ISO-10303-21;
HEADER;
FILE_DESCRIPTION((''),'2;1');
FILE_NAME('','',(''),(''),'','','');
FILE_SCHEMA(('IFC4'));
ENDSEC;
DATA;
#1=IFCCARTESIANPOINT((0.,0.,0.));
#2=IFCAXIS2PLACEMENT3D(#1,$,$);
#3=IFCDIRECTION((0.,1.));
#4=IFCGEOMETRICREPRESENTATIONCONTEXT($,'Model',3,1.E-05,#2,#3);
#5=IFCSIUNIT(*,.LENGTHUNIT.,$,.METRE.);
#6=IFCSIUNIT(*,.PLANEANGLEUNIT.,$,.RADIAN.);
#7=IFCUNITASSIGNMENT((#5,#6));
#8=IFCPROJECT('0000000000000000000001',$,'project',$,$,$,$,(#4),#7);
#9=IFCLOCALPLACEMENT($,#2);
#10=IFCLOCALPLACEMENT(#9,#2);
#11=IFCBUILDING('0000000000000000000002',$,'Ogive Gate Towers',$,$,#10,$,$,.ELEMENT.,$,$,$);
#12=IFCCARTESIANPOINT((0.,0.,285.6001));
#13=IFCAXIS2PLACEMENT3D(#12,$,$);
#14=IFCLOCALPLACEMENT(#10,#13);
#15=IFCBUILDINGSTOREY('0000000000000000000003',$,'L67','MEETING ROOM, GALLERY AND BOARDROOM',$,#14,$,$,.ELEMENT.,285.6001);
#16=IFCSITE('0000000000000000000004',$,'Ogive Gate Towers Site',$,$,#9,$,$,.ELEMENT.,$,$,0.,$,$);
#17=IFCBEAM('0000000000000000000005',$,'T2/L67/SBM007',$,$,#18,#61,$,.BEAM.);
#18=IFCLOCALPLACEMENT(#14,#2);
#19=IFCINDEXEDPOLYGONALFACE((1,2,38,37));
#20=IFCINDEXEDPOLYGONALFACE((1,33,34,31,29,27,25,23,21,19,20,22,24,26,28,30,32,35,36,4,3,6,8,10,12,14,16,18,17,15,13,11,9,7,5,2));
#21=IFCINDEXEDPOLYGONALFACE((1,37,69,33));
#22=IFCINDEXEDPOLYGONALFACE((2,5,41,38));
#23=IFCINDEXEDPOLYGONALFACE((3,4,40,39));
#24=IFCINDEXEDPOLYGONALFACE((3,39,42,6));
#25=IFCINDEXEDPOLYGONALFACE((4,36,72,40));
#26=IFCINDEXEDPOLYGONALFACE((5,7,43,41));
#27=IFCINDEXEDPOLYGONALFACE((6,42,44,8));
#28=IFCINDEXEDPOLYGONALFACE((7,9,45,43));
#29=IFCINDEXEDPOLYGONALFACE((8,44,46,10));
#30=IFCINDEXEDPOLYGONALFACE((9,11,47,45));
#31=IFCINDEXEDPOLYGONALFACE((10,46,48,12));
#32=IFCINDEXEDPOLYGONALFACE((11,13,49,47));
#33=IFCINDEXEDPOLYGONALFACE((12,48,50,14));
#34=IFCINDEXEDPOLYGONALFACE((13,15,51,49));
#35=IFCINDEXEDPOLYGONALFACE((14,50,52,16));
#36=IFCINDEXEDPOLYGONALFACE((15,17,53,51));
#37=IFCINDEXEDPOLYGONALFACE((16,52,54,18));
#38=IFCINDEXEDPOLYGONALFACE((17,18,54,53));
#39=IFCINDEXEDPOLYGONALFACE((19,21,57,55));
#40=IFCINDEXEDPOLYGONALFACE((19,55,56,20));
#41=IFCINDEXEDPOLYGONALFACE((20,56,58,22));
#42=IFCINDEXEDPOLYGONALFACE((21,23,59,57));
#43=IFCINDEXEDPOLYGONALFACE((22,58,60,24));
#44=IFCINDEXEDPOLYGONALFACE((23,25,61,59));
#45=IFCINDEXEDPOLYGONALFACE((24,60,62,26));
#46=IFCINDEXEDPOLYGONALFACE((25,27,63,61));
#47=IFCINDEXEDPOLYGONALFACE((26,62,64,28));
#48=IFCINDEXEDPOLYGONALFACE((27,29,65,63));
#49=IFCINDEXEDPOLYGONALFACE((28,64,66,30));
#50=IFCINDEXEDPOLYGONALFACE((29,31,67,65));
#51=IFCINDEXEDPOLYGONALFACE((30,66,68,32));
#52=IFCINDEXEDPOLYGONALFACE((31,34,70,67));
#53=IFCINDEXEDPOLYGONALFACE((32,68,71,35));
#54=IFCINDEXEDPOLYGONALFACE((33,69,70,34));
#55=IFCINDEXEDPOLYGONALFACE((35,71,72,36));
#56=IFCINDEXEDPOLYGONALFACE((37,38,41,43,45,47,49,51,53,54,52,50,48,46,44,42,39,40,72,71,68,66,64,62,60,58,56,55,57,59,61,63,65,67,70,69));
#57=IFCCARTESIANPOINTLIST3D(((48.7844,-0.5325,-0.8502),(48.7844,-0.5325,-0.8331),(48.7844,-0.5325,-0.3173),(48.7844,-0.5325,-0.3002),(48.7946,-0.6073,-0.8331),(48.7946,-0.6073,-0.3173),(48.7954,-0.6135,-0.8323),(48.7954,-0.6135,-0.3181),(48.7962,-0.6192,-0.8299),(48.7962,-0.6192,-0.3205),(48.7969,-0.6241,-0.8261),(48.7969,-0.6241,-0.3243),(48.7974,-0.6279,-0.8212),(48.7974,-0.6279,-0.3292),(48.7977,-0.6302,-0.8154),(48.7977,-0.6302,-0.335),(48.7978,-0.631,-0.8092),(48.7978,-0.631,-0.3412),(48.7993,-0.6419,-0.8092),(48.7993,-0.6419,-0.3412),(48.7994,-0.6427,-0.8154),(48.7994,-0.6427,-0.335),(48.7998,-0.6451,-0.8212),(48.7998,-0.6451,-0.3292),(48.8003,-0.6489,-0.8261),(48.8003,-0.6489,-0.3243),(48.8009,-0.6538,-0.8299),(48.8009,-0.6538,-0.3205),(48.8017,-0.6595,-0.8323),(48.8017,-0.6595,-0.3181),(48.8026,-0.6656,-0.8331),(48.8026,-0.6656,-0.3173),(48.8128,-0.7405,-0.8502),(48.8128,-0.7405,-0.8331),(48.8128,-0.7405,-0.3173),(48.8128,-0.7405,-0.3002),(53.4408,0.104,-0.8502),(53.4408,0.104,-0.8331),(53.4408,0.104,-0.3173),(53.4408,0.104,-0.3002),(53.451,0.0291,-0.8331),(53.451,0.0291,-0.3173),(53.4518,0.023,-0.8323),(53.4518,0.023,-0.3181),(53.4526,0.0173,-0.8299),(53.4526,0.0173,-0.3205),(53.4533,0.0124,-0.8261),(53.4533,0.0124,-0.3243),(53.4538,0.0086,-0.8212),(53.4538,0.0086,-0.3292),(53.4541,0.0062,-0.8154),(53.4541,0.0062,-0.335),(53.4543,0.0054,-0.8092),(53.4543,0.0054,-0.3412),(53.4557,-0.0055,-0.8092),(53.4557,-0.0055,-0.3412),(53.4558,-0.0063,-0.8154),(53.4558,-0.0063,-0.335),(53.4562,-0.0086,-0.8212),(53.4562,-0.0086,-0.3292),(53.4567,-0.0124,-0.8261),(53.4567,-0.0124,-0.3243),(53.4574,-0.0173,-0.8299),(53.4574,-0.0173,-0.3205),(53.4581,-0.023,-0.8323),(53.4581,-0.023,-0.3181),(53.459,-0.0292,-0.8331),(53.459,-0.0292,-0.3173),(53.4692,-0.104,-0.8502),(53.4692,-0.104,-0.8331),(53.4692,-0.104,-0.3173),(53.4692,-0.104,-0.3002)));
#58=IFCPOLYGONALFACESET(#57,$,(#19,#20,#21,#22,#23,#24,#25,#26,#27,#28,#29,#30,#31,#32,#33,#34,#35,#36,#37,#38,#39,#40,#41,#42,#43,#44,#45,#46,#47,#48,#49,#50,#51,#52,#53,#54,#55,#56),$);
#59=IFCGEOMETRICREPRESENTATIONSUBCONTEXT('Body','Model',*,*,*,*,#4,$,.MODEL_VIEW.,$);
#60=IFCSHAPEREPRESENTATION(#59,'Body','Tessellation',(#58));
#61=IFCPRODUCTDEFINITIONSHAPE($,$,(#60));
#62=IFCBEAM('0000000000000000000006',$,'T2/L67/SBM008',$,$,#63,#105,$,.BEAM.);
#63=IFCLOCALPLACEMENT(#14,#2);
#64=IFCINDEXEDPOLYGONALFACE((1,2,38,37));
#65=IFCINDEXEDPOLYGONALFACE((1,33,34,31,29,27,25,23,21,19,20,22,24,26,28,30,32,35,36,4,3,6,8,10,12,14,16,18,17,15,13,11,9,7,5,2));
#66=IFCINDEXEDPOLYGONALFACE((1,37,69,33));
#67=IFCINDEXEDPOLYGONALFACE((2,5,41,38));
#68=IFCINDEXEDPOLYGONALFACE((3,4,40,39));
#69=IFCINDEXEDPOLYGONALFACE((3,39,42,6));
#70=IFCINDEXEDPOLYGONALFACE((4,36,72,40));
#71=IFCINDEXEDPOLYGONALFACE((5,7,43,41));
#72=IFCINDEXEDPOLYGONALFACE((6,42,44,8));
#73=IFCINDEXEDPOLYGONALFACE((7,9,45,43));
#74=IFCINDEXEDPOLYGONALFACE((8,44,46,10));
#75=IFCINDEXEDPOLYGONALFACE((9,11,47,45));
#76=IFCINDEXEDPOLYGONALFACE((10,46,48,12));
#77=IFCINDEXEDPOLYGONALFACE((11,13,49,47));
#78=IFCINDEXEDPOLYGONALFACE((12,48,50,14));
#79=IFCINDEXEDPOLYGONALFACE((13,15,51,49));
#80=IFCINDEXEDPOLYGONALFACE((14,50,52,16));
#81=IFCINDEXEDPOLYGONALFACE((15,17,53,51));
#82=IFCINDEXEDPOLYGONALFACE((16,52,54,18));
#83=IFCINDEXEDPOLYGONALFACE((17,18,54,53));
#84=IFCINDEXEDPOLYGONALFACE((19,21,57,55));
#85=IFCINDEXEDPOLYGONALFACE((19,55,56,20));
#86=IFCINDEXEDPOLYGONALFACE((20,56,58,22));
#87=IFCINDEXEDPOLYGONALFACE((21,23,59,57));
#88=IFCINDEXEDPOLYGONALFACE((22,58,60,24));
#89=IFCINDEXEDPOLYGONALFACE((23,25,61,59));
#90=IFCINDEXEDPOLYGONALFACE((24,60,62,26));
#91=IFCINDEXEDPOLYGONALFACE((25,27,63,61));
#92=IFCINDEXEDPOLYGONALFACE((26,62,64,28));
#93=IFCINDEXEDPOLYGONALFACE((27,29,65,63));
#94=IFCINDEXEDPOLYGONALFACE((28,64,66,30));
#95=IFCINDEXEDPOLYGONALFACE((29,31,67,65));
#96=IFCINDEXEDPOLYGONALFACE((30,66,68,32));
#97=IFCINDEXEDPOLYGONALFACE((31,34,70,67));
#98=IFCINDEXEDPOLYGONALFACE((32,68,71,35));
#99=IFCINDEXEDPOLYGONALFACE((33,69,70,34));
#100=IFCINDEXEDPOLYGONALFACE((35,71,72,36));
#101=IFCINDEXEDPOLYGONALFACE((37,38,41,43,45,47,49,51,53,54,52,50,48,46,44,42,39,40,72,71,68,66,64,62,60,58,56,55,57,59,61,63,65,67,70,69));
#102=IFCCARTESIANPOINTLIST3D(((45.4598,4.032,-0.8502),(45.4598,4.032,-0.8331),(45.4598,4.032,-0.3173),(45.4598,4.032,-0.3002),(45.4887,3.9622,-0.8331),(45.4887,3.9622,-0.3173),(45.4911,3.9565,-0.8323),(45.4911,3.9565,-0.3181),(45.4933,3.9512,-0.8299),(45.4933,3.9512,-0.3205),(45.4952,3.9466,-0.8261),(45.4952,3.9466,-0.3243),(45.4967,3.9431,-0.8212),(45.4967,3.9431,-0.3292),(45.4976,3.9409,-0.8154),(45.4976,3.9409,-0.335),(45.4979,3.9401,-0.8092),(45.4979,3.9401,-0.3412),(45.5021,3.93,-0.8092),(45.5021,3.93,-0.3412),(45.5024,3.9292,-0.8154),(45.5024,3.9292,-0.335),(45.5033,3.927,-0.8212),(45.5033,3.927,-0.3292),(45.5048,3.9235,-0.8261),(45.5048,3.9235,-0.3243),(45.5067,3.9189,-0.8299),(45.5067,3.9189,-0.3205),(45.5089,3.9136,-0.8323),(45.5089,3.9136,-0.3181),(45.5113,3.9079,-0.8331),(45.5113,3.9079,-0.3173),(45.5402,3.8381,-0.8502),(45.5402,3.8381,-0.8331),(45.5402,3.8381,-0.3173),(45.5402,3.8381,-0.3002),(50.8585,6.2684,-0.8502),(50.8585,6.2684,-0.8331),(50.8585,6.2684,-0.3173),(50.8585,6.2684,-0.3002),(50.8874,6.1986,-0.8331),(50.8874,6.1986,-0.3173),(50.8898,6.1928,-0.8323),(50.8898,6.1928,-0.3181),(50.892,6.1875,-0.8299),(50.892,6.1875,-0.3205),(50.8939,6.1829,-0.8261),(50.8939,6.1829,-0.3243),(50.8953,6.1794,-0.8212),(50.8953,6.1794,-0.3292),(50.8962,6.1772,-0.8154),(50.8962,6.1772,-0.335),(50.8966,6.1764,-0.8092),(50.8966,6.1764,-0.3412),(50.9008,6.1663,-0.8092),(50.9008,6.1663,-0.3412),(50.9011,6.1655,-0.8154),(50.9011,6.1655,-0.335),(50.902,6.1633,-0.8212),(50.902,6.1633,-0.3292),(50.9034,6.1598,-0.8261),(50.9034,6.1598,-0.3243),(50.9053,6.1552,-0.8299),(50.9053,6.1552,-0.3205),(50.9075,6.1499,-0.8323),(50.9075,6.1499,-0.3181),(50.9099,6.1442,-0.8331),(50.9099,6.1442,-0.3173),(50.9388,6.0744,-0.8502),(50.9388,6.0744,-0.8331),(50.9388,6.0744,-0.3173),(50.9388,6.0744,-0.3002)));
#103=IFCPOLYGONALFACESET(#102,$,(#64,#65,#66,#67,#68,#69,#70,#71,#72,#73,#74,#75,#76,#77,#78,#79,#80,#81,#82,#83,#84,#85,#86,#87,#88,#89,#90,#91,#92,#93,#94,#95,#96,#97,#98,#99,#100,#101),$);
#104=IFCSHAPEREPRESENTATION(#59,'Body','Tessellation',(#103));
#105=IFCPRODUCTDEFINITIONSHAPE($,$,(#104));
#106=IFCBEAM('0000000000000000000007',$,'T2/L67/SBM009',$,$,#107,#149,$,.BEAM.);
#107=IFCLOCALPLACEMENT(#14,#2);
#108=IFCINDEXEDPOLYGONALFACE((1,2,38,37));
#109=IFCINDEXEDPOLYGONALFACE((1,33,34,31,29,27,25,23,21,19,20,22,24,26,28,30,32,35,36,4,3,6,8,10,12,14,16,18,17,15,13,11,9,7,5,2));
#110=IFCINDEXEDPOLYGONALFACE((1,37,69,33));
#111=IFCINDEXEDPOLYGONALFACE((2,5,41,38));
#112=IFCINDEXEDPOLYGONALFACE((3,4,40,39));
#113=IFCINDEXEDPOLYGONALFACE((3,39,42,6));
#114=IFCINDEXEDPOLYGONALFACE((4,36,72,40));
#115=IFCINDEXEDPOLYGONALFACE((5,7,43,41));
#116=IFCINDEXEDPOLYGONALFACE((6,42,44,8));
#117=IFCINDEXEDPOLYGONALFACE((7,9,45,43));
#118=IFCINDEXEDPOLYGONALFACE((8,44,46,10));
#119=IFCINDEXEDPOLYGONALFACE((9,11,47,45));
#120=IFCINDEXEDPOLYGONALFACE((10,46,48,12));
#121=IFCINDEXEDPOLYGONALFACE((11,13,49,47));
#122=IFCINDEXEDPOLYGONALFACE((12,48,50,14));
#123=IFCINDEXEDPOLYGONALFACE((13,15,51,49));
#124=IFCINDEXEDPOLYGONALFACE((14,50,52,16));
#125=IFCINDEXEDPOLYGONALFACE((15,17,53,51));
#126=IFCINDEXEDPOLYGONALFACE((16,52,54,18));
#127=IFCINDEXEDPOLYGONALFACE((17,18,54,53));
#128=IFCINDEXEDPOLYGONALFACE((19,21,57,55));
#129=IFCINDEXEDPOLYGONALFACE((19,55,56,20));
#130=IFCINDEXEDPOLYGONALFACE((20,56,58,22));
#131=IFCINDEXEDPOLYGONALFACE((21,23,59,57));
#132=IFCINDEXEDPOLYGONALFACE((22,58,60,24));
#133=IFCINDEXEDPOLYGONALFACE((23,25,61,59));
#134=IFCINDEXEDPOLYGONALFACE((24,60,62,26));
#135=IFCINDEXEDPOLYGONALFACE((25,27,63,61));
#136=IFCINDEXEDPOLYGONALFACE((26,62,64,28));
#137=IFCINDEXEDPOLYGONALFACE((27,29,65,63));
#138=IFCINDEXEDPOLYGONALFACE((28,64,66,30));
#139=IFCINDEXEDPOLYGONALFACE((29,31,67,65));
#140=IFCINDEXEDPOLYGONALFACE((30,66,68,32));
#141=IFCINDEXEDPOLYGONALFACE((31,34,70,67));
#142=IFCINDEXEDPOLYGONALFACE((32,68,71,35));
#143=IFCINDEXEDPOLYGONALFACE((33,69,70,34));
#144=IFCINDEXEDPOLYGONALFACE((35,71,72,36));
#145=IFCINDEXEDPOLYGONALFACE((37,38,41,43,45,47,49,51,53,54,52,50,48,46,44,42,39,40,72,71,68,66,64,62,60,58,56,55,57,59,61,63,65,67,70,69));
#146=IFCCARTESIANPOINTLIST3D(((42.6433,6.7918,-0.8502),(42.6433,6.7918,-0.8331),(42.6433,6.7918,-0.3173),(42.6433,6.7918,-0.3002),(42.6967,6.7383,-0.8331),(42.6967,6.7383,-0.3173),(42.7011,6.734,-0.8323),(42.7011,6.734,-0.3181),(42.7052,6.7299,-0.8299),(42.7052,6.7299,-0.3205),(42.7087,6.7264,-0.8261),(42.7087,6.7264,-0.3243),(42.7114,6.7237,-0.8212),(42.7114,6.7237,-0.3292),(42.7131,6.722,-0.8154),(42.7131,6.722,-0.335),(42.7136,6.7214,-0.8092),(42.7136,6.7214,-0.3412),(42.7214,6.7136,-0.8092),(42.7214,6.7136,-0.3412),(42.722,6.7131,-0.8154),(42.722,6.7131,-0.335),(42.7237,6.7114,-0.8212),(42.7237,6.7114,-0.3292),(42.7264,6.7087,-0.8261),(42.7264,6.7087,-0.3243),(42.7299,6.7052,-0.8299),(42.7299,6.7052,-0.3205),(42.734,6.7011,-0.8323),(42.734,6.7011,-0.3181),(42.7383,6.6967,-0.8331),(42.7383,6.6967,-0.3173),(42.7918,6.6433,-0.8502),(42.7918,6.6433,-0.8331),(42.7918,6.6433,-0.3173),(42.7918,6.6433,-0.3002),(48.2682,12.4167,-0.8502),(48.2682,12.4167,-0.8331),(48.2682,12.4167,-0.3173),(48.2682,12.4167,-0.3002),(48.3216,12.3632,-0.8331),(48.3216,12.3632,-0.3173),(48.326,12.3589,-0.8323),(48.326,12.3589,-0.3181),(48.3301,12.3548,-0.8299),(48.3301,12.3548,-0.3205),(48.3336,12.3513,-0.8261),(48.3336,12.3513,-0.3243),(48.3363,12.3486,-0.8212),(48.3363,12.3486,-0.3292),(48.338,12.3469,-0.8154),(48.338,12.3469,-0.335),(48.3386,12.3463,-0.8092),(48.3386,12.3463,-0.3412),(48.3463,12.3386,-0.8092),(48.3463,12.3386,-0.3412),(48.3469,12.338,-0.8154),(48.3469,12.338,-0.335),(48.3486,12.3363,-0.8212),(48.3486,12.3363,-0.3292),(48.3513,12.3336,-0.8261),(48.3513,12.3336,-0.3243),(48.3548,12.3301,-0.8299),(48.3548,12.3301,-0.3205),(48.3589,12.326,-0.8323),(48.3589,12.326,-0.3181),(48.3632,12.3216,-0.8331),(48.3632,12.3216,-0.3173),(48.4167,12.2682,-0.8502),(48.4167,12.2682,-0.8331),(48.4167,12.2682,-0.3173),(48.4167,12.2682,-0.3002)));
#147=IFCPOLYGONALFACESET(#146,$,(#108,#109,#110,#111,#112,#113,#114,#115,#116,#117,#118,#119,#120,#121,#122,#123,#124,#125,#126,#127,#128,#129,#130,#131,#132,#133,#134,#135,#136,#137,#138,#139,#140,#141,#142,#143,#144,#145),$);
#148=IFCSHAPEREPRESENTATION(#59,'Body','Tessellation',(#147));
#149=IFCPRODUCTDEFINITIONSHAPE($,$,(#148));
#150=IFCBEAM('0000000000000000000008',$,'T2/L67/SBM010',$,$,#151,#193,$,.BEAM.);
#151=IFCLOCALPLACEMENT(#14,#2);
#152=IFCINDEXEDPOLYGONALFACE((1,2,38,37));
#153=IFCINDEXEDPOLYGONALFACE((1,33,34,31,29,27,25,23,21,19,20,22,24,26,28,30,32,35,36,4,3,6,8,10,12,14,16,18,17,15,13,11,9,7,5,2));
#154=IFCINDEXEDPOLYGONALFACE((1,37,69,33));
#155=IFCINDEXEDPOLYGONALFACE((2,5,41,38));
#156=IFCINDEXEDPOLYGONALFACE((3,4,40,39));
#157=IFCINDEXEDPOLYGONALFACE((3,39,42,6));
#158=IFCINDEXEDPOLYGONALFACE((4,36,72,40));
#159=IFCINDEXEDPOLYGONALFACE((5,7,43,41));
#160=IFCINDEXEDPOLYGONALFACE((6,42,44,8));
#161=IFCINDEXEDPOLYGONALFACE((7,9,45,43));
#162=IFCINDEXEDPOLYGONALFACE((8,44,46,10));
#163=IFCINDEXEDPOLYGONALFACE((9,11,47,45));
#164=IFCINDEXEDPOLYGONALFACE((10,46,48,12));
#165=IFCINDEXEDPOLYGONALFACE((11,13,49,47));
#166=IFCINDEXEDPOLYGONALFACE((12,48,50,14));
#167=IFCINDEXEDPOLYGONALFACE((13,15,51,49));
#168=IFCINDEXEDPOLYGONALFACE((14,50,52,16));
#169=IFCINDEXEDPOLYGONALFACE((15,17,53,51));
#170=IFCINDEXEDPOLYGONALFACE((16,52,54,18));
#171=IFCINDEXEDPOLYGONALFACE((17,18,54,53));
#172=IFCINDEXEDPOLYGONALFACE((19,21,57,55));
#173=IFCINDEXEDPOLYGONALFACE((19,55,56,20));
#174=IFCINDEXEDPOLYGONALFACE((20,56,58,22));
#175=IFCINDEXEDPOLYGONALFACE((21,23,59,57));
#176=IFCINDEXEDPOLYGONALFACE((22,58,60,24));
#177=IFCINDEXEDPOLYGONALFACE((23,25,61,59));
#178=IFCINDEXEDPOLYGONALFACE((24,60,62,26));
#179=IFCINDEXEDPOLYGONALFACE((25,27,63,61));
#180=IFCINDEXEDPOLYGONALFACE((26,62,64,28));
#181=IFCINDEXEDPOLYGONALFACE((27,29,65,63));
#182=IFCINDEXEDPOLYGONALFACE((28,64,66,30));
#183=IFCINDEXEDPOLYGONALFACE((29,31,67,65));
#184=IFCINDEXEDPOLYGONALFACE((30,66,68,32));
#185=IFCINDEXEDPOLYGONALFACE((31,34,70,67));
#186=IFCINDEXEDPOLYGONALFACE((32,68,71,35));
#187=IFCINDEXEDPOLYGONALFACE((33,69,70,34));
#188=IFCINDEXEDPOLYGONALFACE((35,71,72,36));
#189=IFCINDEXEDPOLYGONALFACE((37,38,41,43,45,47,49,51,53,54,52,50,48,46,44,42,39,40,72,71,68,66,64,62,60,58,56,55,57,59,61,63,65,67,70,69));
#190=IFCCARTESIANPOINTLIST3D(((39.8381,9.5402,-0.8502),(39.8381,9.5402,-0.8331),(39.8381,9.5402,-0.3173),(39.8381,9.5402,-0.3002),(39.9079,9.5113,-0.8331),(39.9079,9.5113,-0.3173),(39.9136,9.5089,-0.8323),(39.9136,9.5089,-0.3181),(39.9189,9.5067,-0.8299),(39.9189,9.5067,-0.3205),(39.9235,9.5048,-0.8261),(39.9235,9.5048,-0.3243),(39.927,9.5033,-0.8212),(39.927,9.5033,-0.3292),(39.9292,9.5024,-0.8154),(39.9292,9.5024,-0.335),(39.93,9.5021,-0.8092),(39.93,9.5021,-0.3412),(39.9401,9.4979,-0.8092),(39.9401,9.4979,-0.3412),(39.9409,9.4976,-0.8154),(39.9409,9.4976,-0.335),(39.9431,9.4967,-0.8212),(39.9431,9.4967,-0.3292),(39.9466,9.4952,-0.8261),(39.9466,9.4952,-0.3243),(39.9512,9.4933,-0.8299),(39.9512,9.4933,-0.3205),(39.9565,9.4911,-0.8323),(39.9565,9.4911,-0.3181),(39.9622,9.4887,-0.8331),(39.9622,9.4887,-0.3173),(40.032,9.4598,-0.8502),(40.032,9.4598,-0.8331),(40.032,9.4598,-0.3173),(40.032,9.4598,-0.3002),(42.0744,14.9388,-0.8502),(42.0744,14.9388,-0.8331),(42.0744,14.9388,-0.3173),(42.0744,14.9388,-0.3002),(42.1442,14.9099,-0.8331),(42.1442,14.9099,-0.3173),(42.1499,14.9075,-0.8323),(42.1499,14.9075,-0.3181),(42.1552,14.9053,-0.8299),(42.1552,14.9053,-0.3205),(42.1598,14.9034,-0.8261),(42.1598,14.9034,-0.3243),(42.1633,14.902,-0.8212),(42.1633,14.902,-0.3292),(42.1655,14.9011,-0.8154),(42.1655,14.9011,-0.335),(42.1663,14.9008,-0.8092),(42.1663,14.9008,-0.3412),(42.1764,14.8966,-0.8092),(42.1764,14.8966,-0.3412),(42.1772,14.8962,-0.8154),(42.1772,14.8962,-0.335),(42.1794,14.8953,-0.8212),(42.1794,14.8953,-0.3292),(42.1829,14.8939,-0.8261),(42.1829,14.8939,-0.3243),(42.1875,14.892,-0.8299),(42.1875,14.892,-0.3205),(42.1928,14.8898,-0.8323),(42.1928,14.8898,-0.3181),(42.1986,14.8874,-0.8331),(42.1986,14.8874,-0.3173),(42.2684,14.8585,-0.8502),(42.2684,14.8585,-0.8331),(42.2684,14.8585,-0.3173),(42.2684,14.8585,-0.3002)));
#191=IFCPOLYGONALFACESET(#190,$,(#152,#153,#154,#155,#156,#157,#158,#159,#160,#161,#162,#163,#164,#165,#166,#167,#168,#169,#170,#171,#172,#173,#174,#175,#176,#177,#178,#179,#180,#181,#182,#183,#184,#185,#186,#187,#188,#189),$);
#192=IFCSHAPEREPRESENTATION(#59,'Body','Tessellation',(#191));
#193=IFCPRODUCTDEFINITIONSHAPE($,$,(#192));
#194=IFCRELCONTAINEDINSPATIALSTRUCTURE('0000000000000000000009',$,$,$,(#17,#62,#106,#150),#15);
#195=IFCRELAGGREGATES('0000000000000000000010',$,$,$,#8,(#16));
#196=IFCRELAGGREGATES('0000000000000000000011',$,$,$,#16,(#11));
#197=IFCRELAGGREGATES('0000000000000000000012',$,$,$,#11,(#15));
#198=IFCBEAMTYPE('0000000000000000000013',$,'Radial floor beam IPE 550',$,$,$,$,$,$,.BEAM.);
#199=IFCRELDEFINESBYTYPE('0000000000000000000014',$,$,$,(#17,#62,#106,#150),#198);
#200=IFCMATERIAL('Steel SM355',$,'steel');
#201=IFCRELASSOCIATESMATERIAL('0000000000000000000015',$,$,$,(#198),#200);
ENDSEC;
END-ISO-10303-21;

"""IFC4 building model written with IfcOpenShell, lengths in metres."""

from ifc_helpers import new_model, si_unit, direction, frame, origin, origin_2d, place, context, subcontext, project, spatial, i_section, extrude, material, material_profile, profile_set, type_object, element, save


model = new_model("IFC4")

# Units and contexts
model_context = context("Model", 3, precision=1e-05, world=origin(), true_north=direction((0.0, 1.0)))
body_context = subcontext(model_context, "Body", "Model", "MODEL_VIEW")
ifc_project = project(units=[si_unit("LENGTHUNIT", "METRE"), si_unit("PLANEANGLEUNIT", "RADIAN")], contexts=[model_context])

# Site, building, storey
site_placement = place(None, origin())
site = spatial("IfcSite", under=ifc_project, at=site_placement, Name="Ogive Gate Towers Site", CompositionType="ELEMENT", RefElevation=0.0)
building_placement = place(site_placement, origin())
building = spatial("IfcBuilding", under=site, at=building_placement, Name="Ogive Gate Towers", CompositionType="ELEMENT")
storey_placement = place(building_placement, frame((0.0, 0.0, 285.6001)))
storey = spatial("IfcBuildingStorey", under=building, at=storey_placement, Name="L67", Description="MEETING ROOM, GALLERY AND BOARDROOM", CompositionType="ELEMENT", Elevation=285.6001)

# Beams
ifc_material_1 = material(Name="Steel SM355", Category="steel")
ifc_material_profile_1 = material_profile(ifc_material_1, i_section(OverallWidth=0.21, OverallDepth=0.55, WebThickness=0.011, FlangeThickness=0.0171, FilletRadius=0.0239, at=origin_2d()), Name="IPE 550")
ifc_profile_set_1 = profile_set([ifc_material_profile_1], Name="Steel SM355")
beam_type = type_object("IfcBeamType", Name="Radial floor beam IPE 550", PredefinedType="BEAM", material=ifc_profile_set_1)
beam_1_placement = place(storey_placement, frame((48.7986, -0.6365, -0.5752), z_axis=(0.990787, 0.135426, 0.0), x_axis=(-0.135426, 0.990787, 0.0)))
element("IfcBeam", 1, at=beam_1_placement, inside=storey, type_object=beam_type, Name="T2/L67/SBM007", PredefinedType="BEAM", context=body_context, shape_type="SweptSolid", body=[
    extrude(i_section(OverallWidth=0.21, OverallDepth=0.55, WebThickness=0.011, FlangeThickness=0.0171, FilletRadius=0.0239, at=origin_2d()), origin(), (0.0, 0.0, 1.0), 4.6997),
])
beam_2_placement = place(storey_placement, frame((45.5, 3.9351, -0.5752), z_axis=(0.923872, 0.382701, 0.0), x_axis=(-0.382701, 0.923872, 0.0)))
element("IfcBeam", 2, at=beam_2_placement, inside=storey, type_object=beam_type, Name="T2/L67/SBM008", PredefinedType="BEAM", context=body_context, shape_type="SweptSolid", body=[
    extrude(i_section(OverallWidth=0.21, OverallDepth=0.55, WebThickness=0.011, FlangeThickness=0.0171, FilletRadius=0.0239, at=origin_2d()), origin(), (0.0, 0.0, 1.0), 5.8435),
])
beam_3_placement = place(storey_placement, frame((42.7175, 6.7175, -0.5752), z_axis=(0.707107, 0.707107, 0.0), x_axis=(-0.707107, 0.707107, 0.0)))
element("IfcBeam", 3, at=beam_3_placement, inside=storey, type_object=beam_type, Name="T2/L67/SBM009", PredefinedType="BEAM", context=body_context, shape_type="SweptSolid", body=[
    extrude(i_section(OverallWidth=0.21, OverallDepth=0.55, WebThickness=0.011, FlangeThickness=0.0171, FilletRadius=0.0239, at=origin_2d()), origin(), (0.0, 0.0, 1.0), 7.9548),
])
beam_4_placement = place(storey_placement, frame((39.9351, 9.5, -0.5752), z_axis=(0.382701, 0.923872, 0.0), x_axis=(-0.923872, 0.382701, 0.0)))
element("IfcBeam", 4, at=beam_4_placement, inside=storey, type_object=beam_type, Name="T2/L67/SBM010", PredefinedType="BEAM", context=body_context, shape_type="SweptSolid", body=[
    extrude(i_section(OverallWidth=0.21, OverallDepth=0.55, WebThickness=0.011, FlangeThickness=0.0171, FilletRadius=0.0239, at=origin_2d()), origin(), (0.0, 0.0, 1.0), 5.8435),
])

save(model, "model.ifc")
